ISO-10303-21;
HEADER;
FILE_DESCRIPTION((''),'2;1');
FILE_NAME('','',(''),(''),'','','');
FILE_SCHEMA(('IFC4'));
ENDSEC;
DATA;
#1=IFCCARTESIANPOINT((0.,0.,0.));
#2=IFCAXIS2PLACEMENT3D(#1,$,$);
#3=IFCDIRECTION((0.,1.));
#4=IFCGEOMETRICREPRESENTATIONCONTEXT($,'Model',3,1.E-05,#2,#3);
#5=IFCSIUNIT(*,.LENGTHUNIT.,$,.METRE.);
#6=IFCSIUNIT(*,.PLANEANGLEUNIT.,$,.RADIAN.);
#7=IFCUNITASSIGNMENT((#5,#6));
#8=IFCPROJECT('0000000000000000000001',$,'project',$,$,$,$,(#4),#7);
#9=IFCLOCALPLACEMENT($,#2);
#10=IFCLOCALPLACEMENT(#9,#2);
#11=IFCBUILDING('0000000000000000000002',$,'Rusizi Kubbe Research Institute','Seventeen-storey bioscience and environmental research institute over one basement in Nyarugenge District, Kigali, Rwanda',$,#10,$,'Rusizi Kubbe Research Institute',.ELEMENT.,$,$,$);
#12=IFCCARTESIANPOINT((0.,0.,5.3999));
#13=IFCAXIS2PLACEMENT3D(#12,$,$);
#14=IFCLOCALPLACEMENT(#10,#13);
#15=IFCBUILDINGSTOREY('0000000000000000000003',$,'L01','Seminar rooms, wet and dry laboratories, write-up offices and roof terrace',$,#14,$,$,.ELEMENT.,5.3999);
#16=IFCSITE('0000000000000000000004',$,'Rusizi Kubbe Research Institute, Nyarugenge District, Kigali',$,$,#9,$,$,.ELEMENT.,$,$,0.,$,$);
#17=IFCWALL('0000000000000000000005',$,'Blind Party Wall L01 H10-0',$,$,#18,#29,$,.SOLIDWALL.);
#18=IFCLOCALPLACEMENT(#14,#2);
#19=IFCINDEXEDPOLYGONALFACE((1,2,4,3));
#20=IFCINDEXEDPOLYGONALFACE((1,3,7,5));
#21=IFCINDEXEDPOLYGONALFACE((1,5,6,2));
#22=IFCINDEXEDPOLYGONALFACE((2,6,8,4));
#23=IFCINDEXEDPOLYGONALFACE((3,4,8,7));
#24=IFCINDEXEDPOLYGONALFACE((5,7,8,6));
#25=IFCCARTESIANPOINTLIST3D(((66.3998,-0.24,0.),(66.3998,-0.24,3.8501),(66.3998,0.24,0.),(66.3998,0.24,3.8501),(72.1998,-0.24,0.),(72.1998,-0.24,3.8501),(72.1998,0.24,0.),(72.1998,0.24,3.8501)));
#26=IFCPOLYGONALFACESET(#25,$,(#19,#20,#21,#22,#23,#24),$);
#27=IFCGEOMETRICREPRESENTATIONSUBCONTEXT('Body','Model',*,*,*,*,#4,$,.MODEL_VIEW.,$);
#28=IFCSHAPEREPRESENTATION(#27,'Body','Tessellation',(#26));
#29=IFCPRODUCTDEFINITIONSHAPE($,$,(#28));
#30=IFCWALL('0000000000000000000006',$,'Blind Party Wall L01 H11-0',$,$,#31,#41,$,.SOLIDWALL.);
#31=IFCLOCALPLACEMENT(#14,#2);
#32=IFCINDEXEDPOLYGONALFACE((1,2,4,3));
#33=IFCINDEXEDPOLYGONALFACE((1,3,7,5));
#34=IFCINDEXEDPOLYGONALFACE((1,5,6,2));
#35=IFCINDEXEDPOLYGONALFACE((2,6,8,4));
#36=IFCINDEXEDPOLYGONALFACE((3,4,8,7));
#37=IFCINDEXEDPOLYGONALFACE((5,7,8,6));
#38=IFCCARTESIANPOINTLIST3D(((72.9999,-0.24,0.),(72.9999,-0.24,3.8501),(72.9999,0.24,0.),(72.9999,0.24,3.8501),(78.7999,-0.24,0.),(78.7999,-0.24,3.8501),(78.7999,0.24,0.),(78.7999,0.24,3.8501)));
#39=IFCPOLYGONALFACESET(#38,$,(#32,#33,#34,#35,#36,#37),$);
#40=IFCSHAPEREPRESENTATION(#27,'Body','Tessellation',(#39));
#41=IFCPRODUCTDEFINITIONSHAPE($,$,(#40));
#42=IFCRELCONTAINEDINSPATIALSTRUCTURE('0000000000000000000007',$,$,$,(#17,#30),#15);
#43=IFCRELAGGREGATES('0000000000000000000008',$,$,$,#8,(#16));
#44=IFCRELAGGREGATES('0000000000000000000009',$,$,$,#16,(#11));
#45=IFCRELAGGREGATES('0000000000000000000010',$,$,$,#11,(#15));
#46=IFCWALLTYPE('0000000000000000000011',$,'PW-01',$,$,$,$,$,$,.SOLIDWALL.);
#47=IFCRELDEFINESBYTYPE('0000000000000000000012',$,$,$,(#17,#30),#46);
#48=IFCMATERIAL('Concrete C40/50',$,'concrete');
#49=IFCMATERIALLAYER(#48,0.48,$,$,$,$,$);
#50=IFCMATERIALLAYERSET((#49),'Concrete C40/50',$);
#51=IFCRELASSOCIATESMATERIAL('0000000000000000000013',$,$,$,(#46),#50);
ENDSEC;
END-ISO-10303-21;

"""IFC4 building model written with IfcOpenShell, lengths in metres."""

from ifc_helpers import new_model, si_unit, direction, frame, frame_2d, origin, place, context, subcontext, project, spatial, rectangle, extrude, material, layer, layer_set, type_object, element, save


model = new_model("IFC4")

# Units and contexts
model_context = context("Model", 3, precision=1e-05, world=origin(), true_north=direction((0.0, 1.0)))
body_context = subcontext(model_context, "Body", "Model", "MODEL_VIEW")
ifc_project = project(units=[si_unit("LENGTHUNIT", "METRE"), si_unit("PLANEANGLEUNIT", "RADIAN")], contexts=[model_context])

# Site, building, storey
site_placement = place(None, origin())
site = spatial("IfcSite", under=ifc_project, at=site_placement, Name="Rusizi Kubbe Research Institute, Nyarugenge District, Kigali", CompositionType="ELEMENT", RefElevation=0.0)
building_placement = place(site_placement, origin())
building = spatial("IfcBuilding", under=site, at=building_placement, Name="Rusizi Kubbe Research Institute", Description="Seventeen-storey bioscience and environmental research institute over one basement in Nyarugenge District, Kigali, Rwanda", LongName="Rusizi Kubbe Research Institute", CompositionType="ELEMENT")
storey_placement = place(building_placement, frame((0.0, 0.0, 5.3999)))
storey = spatial("IfcBuildingStorey", under=building, at=storey_placement, Name="L01", Description="Seminar rooms, wet and dry laboratories, write-up offices and roof terrace", CompositionType="ELEMENT", Elevation=5.3999)

# Walls
ifc_material_1 = material(Name="Concrete C40/50", Category="concrete")
ifc_layer_1 = layer(ifc_material_1, 0.48)
ifc_layer_set_1 = layer_set([ifc_layer_1], Name="Concrete C40/50")
wall_type_1 = type_object("IfcWallType", Name="PW-01", PredefinedType="SOLIDWALL", material=ifc_layer_set_1)
for number, where, z_axis, x_axis, name in (
    (1, (66.3999, 0.0, 0.0), (0.0, 0.0, 1.0), (1.0, 0.0, 0.0), "Blind Party Wall L01 H10-0"),
    (2, (73.0, 0.0, 0.0), (0.0, 0.0, 1.0), (1.0, 0.0, 0.0), "Blind Party Wall L01 H11-0"),
):
    element("IfcWall", number, at=place(storey_placement, frame(where, z_axis=z_axis, x_axis=x_axis)), inside=storey, type_object=wall_type_1, Name=name, PredefinedType="SOLIDWALL", context=body_context, shape_type="SweptSolid", body=[
        extrude(rectangle(XDim=5.8, YDim=0.48, at=frame_2d((2.8999, 0.0))), origin(), (0.0, 0.0, 1.0), 3.8501),
    ])

save(model, "model.ifc")
